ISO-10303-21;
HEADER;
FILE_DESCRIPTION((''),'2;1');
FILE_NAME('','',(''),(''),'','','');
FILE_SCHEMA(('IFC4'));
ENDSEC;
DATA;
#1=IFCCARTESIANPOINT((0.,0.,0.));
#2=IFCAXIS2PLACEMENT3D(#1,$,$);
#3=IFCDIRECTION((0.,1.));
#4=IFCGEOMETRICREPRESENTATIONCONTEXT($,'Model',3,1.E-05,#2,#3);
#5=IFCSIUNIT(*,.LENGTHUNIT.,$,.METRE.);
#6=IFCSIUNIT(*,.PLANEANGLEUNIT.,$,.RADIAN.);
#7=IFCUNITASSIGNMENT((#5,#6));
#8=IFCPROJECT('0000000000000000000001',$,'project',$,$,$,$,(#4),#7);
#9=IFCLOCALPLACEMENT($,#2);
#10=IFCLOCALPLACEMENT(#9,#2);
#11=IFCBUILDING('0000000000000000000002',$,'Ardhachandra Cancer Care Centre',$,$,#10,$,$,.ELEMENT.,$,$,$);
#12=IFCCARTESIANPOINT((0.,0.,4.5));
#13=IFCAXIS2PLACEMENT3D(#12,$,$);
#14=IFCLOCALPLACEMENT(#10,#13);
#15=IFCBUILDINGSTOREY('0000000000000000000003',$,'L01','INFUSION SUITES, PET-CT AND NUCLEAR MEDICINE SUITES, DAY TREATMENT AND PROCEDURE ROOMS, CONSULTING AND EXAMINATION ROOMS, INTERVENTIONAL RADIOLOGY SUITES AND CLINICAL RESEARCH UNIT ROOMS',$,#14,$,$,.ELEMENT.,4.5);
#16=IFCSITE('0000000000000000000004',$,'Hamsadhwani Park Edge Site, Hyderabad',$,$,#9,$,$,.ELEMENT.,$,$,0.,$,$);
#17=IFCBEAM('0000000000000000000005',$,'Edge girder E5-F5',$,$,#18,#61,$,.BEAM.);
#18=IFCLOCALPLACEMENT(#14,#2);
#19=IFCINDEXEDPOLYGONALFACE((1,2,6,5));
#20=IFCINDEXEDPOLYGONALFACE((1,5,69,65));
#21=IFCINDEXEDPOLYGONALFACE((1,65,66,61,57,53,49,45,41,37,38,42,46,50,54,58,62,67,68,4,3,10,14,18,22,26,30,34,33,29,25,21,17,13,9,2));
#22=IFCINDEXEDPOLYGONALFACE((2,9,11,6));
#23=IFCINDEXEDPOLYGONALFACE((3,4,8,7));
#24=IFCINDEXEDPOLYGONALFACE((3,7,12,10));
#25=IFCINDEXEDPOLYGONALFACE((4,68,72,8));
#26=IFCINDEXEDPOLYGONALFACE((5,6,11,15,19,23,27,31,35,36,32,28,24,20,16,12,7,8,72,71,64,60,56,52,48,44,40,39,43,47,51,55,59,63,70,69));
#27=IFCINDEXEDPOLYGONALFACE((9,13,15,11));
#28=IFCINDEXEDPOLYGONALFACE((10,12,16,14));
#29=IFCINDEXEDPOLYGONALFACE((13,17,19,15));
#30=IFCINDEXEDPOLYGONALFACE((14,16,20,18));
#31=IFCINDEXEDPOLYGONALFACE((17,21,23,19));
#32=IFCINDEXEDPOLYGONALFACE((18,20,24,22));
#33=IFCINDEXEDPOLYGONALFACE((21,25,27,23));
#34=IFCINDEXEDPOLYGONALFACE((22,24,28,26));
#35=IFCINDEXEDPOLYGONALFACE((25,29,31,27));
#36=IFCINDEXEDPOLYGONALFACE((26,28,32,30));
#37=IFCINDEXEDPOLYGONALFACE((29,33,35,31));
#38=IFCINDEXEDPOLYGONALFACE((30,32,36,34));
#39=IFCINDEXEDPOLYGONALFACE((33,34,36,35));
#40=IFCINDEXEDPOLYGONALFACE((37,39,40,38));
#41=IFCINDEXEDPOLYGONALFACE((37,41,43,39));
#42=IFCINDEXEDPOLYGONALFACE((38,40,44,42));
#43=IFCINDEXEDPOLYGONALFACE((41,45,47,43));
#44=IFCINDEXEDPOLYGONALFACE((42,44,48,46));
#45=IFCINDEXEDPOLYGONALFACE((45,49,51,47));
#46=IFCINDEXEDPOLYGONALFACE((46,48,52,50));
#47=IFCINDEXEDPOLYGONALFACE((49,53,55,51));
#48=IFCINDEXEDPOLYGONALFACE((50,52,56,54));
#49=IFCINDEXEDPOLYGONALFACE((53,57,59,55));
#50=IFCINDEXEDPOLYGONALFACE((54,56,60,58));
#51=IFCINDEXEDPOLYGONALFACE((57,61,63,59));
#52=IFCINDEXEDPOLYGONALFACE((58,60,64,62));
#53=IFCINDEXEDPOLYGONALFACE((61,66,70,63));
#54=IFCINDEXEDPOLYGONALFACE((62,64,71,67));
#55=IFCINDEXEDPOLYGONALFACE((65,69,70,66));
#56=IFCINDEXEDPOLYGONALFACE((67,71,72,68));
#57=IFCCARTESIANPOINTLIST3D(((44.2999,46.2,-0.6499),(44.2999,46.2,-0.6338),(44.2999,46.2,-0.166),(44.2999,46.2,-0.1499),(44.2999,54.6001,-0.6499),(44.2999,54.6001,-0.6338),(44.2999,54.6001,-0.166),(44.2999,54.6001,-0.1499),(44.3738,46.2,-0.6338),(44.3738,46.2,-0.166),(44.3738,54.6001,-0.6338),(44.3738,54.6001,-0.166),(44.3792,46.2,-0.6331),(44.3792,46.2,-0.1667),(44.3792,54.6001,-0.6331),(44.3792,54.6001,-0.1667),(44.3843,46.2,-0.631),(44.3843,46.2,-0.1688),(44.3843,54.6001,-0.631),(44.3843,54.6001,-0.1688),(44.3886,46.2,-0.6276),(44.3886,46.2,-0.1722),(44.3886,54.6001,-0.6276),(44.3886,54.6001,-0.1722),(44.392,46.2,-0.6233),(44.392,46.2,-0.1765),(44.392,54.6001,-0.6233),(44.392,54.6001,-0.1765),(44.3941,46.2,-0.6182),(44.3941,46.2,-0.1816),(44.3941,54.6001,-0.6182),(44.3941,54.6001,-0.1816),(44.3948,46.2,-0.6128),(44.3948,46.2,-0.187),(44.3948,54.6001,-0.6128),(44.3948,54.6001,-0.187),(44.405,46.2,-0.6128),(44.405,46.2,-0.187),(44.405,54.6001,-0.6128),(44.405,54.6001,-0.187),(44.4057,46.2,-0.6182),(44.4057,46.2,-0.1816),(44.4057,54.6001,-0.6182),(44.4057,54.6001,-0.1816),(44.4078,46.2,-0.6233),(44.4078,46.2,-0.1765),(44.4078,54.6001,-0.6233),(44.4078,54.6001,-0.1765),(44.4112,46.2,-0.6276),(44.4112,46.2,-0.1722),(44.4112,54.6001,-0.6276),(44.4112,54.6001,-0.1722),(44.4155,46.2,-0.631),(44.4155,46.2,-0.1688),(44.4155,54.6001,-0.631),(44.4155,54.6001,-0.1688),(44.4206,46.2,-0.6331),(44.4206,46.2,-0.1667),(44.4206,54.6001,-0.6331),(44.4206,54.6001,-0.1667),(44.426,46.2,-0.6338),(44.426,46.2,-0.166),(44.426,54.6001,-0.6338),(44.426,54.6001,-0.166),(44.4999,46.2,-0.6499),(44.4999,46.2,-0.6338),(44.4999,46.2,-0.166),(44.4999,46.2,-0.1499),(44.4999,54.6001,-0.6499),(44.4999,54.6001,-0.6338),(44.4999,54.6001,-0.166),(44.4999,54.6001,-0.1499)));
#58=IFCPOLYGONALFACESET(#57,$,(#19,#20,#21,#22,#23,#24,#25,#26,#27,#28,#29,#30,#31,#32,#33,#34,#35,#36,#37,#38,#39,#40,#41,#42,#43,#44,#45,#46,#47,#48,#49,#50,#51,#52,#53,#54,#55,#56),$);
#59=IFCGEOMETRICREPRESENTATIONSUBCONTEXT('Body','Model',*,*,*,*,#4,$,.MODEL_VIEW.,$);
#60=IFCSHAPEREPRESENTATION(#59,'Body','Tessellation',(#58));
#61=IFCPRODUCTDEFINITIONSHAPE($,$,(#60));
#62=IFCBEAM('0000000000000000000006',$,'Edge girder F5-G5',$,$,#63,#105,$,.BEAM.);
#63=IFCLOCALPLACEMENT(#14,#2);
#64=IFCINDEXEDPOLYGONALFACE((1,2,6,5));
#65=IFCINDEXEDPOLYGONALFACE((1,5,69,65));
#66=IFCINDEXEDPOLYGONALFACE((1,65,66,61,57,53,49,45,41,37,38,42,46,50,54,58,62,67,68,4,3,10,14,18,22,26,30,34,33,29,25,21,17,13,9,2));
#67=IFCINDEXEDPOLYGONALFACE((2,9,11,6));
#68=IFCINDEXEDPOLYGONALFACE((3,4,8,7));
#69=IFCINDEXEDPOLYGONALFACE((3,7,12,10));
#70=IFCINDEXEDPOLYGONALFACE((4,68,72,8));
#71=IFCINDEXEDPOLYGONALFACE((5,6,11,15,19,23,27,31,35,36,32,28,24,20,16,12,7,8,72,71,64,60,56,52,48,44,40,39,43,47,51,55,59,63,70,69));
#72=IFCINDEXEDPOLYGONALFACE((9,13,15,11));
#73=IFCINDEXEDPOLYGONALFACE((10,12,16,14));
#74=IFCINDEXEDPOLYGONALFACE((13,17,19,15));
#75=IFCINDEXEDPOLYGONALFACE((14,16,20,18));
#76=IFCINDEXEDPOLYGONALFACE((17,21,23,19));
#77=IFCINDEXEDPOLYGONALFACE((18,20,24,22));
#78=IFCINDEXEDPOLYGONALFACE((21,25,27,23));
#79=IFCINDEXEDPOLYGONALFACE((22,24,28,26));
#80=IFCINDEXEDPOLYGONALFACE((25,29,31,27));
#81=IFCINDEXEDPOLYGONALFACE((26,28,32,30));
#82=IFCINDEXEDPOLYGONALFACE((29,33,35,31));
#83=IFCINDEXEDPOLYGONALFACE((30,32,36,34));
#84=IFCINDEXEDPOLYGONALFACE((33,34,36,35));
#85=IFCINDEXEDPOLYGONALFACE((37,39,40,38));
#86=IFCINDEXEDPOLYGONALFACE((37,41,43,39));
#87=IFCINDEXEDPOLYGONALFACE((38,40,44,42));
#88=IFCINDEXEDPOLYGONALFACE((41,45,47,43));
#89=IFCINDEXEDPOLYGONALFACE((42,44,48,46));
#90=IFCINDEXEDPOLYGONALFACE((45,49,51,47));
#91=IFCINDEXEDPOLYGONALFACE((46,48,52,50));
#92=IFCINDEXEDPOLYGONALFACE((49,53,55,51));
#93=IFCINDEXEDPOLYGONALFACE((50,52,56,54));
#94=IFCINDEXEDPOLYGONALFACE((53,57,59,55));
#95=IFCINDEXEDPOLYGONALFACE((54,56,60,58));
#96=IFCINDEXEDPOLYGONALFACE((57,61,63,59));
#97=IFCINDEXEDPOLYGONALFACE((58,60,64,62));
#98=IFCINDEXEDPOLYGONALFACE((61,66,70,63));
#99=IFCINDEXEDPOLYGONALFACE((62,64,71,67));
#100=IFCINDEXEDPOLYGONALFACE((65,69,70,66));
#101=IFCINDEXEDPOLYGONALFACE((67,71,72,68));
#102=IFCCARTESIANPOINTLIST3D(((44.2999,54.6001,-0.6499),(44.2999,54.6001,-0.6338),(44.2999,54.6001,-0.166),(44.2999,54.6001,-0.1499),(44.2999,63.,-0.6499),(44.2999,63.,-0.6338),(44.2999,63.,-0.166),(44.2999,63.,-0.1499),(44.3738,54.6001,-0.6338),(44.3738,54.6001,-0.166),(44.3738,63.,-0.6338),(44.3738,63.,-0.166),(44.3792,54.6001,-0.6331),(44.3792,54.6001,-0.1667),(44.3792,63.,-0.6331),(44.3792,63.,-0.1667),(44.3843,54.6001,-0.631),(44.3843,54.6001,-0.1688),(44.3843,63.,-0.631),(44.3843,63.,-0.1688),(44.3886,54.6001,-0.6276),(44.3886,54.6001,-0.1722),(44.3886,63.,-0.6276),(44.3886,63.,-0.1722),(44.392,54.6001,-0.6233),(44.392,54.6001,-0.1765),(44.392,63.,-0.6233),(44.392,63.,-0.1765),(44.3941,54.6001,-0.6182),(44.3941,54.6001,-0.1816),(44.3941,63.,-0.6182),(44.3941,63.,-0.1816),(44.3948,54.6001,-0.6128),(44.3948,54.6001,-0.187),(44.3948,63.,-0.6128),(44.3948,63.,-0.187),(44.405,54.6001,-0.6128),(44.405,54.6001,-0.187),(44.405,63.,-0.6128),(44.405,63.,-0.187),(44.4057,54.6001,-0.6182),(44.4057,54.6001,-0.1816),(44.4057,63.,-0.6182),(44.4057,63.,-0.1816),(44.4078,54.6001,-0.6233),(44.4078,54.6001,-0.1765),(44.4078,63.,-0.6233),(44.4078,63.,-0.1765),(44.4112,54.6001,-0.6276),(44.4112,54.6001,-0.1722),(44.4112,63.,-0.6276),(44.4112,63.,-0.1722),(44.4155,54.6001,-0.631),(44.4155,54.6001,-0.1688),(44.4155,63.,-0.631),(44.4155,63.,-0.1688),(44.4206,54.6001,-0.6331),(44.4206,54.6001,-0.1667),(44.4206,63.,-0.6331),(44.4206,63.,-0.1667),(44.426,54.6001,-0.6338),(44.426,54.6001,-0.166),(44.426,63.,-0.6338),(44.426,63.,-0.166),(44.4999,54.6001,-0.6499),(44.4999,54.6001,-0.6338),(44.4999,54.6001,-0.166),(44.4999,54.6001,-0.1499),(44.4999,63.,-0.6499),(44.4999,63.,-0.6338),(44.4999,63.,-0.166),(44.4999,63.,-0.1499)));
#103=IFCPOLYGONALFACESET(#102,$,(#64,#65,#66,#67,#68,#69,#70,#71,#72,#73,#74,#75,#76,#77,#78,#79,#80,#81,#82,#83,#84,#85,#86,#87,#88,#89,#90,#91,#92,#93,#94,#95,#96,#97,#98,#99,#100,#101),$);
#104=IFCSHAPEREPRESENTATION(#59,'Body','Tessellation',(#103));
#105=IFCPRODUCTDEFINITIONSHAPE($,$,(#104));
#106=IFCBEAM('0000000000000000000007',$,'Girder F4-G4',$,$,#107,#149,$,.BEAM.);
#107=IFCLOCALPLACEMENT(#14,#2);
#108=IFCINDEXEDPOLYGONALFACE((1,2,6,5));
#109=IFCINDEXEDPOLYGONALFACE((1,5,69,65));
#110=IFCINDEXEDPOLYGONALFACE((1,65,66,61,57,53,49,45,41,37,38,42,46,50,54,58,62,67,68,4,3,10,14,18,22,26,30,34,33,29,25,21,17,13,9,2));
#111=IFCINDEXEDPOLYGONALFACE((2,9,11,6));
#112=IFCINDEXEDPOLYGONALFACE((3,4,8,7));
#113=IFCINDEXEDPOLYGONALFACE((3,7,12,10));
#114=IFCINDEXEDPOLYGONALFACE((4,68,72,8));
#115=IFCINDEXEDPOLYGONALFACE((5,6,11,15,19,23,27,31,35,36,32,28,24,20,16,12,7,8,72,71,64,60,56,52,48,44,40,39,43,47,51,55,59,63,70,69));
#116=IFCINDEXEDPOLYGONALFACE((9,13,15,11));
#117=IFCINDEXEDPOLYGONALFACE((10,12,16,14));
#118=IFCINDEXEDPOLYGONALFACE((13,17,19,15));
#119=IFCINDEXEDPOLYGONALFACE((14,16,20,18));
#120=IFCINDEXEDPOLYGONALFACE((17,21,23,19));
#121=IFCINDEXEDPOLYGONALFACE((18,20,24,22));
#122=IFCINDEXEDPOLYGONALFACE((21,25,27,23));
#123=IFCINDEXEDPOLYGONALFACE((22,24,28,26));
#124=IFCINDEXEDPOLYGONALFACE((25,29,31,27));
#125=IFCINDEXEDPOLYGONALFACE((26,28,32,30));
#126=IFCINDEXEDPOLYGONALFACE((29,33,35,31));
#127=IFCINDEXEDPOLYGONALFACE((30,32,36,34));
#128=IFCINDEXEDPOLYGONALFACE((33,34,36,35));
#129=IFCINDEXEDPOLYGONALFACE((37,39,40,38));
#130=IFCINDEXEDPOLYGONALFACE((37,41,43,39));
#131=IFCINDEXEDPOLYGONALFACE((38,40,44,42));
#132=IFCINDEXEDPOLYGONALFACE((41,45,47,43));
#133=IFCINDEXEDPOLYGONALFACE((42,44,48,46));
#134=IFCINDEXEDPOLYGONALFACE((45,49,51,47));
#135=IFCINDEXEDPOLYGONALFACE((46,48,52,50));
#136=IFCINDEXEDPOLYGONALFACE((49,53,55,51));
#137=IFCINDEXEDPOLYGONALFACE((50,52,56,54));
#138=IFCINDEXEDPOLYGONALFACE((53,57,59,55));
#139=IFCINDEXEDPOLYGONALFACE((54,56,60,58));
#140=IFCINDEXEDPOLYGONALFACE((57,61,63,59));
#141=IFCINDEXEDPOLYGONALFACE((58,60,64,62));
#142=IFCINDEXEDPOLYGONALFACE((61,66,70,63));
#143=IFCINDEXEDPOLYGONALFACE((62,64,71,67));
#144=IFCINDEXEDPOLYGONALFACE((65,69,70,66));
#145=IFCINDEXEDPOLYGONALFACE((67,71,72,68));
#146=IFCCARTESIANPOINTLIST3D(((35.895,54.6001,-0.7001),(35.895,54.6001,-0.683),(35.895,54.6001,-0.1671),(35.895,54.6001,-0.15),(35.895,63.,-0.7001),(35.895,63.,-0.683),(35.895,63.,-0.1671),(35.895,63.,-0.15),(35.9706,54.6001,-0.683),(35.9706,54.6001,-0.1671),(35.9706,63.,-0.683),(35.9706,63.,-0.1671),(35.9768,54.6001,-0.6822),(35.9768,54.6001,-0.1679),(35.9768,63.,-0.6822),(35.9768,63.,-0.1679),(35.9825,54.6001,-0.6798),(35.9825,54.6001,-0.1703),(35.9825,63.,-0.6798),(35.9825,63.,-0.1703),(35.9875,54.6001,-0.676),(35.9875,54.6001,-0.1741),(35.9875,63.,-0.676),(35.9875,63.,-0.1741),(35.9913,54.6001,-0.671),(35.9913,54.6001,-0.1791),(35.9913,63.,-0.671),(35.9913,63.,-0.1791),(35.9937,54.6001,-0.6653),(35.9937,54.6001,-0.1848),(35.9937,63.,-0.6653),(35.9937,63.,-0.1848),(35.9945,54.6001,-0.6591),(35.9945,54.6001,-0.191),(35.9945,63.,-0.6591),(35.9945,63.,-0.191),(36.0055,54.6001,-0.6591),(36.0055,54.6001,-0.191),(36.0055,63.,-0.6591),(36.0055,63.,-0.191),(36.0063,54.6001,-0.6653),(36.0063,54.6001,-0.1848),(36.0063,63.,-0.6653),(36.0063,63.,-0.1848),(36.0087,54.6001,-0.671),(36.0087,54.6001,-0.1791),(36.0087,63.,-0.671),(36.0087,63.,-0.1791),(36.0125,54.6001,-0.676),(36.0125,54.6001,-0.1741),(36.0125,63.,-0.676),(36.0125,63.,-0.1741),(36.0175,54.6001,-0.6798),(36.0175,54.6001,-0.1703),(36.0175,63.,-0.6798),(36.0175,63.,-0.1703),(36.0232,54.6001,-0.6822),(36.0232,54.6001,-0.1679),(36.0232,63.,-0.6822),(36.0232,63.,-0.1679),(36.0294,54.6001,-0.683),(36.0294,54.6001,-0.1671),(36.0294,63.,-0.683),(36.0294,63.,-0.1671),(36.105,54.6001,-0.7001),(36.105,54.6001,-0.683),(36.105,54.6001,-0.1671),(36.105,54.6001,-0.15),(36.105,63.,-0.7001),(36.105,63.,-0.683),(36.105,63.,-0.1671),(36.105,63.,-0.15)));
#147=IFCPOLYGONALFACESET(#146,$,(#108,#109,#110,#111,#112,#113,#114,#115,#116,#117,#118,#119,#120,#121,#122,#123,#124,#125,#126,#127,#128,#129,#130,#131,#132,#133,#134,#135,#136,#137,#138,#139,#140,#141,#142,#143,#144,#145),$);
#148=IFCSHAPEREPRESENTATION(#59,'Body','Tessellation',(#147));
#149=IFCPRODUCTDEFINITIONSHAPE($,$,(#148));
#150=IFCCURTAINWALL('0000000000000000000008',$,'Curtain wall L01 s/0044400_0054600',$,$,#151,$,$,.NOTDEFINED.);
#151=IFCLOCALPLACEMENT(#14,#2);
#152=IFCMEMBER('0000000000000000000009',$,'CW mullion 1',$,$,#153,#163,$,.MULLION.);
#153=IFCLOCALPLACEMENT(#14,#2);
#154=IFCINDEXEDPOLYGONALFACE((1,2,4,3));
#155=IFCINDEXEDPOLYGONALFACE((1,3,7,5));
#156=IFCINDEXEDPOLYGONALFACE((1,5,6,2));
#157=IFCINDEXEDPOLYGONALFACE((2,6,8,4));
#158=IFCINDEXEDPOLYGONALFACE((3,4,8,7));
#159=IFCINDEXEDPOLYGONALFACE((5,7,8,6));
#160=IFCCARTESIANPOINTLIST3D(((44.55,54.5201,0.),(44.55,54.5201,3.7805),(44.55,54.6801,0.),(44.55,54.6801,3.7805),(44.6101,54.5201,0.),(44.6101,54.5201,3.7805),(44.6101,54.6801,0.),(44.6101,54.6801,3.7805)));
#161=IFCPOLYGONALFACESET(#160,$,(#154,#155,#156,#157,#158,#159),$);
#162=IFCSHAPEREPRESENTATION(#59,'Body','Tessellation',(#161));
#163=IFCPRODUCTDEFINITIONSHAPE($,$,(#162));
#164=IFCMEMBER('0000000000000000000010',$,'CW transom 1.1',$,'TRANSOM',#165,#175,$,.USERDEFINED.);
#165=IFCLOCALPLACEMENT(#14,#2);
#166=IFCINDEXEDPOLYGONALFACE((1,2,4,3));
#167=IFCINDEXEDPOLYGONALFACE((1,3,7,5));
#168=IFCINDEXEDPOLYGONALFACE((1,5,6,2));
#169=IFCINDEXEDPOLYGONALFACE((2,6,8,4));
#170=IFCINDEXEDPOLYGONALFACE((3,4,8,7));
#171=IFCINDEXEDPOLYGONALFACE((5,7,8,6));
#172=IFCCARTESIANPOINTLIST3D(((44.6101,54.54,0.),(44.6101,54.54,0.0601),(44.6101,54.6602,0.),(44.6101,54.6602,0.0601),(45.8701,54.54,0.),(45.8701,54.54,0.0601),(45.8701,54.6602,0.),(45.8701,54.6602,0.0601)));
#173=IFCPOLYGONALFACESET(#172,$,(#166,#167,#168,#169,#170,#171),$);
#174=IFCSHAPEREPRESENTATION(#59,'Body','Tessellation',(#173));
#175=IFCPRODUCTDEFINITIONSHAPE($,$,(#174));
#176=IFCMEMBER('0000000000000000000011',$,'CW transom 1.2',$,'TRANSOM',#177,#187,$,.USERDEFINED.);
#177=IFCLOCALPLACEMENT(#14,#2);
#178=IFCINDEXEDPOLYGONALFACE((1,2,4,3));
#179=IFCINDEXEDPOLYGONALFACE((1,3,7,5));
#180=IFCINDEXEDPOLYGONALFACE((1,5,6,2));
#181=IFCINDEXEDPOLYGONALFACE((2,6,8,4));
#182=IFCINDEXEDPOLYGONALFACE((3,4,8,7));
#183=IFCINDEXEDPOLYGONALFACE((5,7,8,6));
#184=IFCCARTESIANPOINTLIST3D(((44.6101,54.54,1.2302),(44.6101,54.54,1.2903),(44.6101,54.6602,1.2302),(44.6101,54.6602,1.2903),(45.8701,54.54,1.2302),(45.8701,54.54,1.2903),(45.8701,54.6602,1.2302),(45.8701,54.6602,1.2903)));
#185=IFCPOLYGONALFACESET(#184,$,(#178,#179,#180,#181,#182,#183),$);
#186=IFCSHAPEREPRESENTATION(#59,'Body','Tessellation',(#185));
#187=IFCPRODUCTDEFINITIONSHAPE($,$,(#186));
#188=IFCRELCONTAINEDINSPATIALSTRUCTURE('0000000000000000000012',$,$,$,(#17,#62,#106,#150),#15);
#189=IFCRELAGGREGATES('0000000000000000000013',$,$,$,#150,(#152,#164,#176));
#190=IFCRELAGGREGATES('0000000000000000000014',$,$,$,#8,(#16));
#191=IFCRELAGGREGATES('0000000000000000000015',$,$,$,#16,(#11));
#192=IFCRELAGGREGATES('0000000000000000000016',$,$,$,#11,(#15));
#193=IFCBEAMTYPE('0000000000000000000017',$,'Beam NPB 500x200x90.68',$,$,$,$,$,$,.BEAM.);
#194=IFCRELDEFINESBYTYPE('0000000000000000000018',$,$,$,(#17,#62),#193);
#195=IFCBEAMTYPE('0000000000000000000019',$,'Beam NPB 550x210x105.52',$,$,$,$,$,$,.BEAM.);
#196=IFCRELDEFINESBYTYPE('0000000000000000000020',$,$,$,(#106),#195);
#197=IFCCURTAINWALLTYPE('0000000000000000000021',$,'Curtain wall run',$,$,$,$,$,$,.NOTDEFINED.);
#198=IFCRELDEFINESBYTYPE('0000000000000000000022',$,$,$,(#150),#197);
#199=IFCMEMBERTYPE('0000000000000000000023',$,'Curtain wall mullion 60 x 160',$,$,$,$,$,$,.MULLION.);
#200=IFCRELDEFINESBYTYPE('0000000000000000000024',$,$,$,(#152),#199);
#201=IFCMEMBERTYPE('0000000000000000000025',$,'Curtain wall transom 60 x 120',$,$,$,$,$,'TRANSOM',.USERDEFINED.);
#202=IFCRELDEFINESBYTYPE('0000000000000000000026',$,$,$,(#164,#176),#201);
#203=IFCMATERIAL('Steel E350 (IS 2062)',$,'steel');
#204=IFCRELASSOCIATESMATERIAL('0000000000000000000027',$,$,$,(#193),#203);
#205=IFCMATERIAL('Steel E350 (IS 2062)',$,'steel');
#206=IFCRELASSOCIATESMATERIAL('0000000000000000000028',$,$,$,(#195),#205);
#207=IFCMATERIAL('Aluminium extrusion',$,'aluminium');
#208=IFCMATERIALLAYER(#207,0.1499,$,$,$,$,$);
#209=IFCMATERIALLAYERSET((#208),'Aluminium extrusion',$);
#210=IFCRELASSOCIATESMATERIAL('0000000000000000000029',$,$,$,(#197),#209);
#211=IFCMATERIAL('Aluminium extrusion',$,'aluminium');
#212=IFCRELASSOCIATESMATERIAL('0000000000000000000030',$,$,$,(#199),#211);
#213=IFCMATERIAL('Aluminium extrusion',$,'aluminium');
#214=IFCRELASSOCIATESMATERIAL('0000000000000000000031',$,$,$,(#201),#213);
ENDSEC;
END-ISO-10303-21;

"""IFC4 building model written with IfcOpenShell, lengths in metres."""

from ifc_helpers import new_model, si_unit, direction, frame, origin, origin_2d, place, context, subcontext, project, spatial, rectangle, i_section, extrude, material, layer, layer_set, material_profile, profile_set, type_object, element, aggregate, save


model = new_model("IFC4")

# Units and contexts
model_context = context("Model", 3, precision=1e-05, world=origin(), true_north=direction((0.0, 1.0)))
body_context = subcontext(model_context, "Body", "Model", "MODEL_VIEW")
ifc_project = project(units=[si_unit("LENGTHUNIT", "METRE"), si_unit("PLANEANGLEUNIT", "RADIAN")], contexts=[model_context])

# Site, building, storey
site_placement = place(None, origin())
site = spatial("IfcSite", under=ifc_project, at=site_placement, Name="Hamsadhwani Park Edge Site, Hyderabad", CompositionType="ELEMENT", RefElevation=0.0)
building_placement = place(site_placement, origin())
building = spatial("IfcBuilding", under=site, at=building_placement, Name="Ardhachandra Cancer Care Centre", CompositionType="ELEMENT")
storey_placement = place(building_placement, frame((0.0, 0.0, 4.5)))
storey = spatial("IfcBuildingStorey", under=building, at=storey_placement, Name="L01", Description="INFUSION SUITES, PET-CT AND NUCLEAR MEDICINE SUITES, DAY TREATMENT AND PROCEDURE ROOMS, CONSULTING AND EXAMINATION ROOMS, INTERVENTIONAL RADIOLOGY SUITES AND CLINICAL RESEARCH UNIT ROOMS", CompositionType="ELEMENT", Elevation=4.5)

# Beams
ifc_material_1 = material(Name="Steel E350 (IS 2062)", Category="steel")
ifc_material_profile_1 = material_profile(ifc_material_1, i_section(OverallWidth=0.2, OverallDepth=0.5, WebThickness=0.0103, FlangeThickness=0.0161, FilletRadius=0.021, at=origin_2d()), Name="NPB 500x200x90.68")
ifc_profile_set_1 = profile_set([ifc_material_profile_1], Name="Steel E350 (IS 2062)")
beam_type_1 = type_object("IfcBeamType", Name="Beam NPB 500x200x90.68", PredefinedType="BEAM", material=ifc_profile_set_1)
beam_1_placement = place(storey_placement, frame((44.3999, 46.2, -0.3999), z_axis=(0.0, 1.0, 0.0), x_axis=(-1.0, 0.0, 0.0)))
element("IfcBeam", 1, at=beam_1_placement, inside=storey, type_object=beam_type_1, Name="Edge girder E5-F5", PredefinedType="BEAM", context=body_context, shape_type="SweptSolid", body=[
    extrude(i_section(OverallWidth=0.2, OverallDepth=0.5, WebThickness=0.0103, FlangeThickness=0.0161, FilletRadius=0.021, at=origin_2d()), origin(), (0.0, 0.0, 1.0), 8.4001),
])
beam_2_placement = place(storey_placement, frame((44.3999, 54.6001, -0.3999), z_axis=(0.0, 1.0, 0.0), x_axis=(-1.0, 0.0, 0.0)))
element("IfcBeam", 2, at=beam_2_placement, inside=storey, type_object=beam_type_1, Name="Edge girder F5-G5", PredefinedType="BEAM", context=body_context, shape_type="SweptSolid", body=[
    extrude(i_section(OverallWidth=0.2, OverallDepth=0.5, WebThickness=0.0103, FlangeThickness=0.0161, FilletRadius=0.021, at=origin_2d()), origin(), (0.0, 0.0, 1.0), 8.3999),
])
ifc_material_2 = material(Name="Steel E350 (IS 2062)", Category="steel")
ifc_material_profile_2 = material_profile(ifc_material_2, i_section(OverallWidth=0.21, OverallDepth=0.55, WebThickness=0.011, FlangeThickness=0.0171, FilletRadius=0.0239, at=origin_2d()), Name="NPB 550x210x105.52")
ifc_profile_set_2 = profile_set([ifc_material_profile_2], Name="Steel E350 (IS 2062)")
beam_type_2 = type_object("IfcBeamType", Name="Beam NPB 550x210x105.52", PredefinedType="BEAM", material=ifc_profile_set_2)
beam_3_placement = place(storey_placement, frame((36.0, 54.6001, -0.425), z_axis=(0.0, 1.0, 0.0), x_axis=(-1.0, 0.0, 0.0)))
element("IfcBeam", 3, at=beam_3_placement, inside=storey, type_object=beam_type_2, Name="Girder F4-G4", PredefinedType="BEAM", context=body_context, shape_type="SweptSolid", body=[
    extrude(i_section(OverallWidth=0.21, OverallDepth=0.55, WebThickness=0.011, FlangeThickness=0.0171, FilletRadius=0.0239, at=origin_2d()), origin(), (0.0, 0.0, 1.0), 8.3999),
])

# Curtain wall, members
ifc_material_3 = material(Name="Aluminium extrusion", Category="aluminium")
ifc_layer_1 = layer(ifc_material_3, 0.1499)
ifc_layer_set_1 = layer_set([ifc_layer_1], Name="Aluminium extrusion")
curtain_wall_type = type_object("IfcCurtainWallType", Name="Curtain wall run", PredefinedType="NOTDEFINED", material=ifc_layer_set_1)
curtain_wall_placement = place(storey_placement, origin())
curtain_wall = element("IfcCurtainWall", 4, at=curtain_wall_placement, inside=storey, type_object=curtain_wall_type, Name="Curtain wall L01 s/0044400_0054600", PredefinedType="NOTDEFINED")
ifc_material_4 = material(Name="Aluminium extrusion", Category="aluminium")
ifc_material_profile_3 = material_profile(ifc_material_4, rectangle(XDim=0.1599, YDim=0.0601, at=origin_2d()), Name="Curtain wall mullion 60 x 160")
ifc_profile_set_3 = profile_set([ifc_material_profile_3], Name="Aluminium extrusion")
member_type_1 = type_object("IfcMemberType", Name="Curtain wall mullion 60 x 160", PredefinedType="MULLION", material=ifc_profile_set_3)
member_1_placement = place(storey_placement, frame((44.5801, 54.6001, 0.0), z_axis=(0.0, 0.0, 1.0), x_axis=(0.0, 1.0, 0.0)))
member_1 = element("IfcMember", 5, at=member_1_placement, type_object=member_type_1, Name="CW mullion 1", PredefinedType="MULLION", context=body_context, shape_type="SweptSolid", body=[
    extrude(rectangle(XDim=0.1599, YDim=0.0601, at=origin_2d()), origin(), (0.0, 0.0, 1.0), 3.7805),
])
ifc_material_5 = material(Name="Aluminium extrusion", Category="aluminium")
ifc_material_profile_4 = material_profile(ifc_material_5, rectangle(XDim=0.1201, YDim=0.0601, at=origin_2d()), Name="Curtain wall transom 60 x 120")
ifc_profile_set_4 = profile_set([ifc_material_profile_4], Name="Aluminium extrusion")
member_type_2 = type_object("IfcMemberType", Name="Curtain wall transom 60 x 120", ElementType="TRANSOM", PredefinedType="USERDEFINED", material=ifc_profile_set_4)
member_2_placement = place(storey_placement, frame((44.6101, 54.6001, 0.03), z_axis=(1.0, 0.0, 0.0), x_axis=(0.0, 1.0, 0.0)))
member_2 = element("IfcMember", 6, at=member_2_placement, type_object=member_type_2, Name="CW transom 1.1", ObjectType="TRANSOM", PredefinedType="USERDEFINED", context=body_context, shape_type="SweptSolid", body=[
    extrude(rectangle(XDim=0.1201, YDim=0.0601, at=origin_2d()), origin(), (0.0, 0.0, 1.0), 1.26),
])
member_3_placement = place(storey_placement, frame((44.6101, 54.6001, 1.2603), z_axis=(1.0, 0.0, 0.0), x_axis=(0.0, 1.0, 0.0)))
member_3 = element("IfcMember", 7, at=member_3_placement, type_object=member_type_2, Name="CW transom 1.2", ObjectType="TRANSOM", PredefinedType="USERDEFINED", context=body_context, shape_type="SweptSolid", body=[
    extrude(rectangle(XDim=0.1201, YDim=0.0601, at=origin_2d()), origin(), (0.0, 0.0, 1.0), 1.26),
])

aggregate(curtain_wall, [member_1, member_2, member_3])

save(model, "model.ifc")
